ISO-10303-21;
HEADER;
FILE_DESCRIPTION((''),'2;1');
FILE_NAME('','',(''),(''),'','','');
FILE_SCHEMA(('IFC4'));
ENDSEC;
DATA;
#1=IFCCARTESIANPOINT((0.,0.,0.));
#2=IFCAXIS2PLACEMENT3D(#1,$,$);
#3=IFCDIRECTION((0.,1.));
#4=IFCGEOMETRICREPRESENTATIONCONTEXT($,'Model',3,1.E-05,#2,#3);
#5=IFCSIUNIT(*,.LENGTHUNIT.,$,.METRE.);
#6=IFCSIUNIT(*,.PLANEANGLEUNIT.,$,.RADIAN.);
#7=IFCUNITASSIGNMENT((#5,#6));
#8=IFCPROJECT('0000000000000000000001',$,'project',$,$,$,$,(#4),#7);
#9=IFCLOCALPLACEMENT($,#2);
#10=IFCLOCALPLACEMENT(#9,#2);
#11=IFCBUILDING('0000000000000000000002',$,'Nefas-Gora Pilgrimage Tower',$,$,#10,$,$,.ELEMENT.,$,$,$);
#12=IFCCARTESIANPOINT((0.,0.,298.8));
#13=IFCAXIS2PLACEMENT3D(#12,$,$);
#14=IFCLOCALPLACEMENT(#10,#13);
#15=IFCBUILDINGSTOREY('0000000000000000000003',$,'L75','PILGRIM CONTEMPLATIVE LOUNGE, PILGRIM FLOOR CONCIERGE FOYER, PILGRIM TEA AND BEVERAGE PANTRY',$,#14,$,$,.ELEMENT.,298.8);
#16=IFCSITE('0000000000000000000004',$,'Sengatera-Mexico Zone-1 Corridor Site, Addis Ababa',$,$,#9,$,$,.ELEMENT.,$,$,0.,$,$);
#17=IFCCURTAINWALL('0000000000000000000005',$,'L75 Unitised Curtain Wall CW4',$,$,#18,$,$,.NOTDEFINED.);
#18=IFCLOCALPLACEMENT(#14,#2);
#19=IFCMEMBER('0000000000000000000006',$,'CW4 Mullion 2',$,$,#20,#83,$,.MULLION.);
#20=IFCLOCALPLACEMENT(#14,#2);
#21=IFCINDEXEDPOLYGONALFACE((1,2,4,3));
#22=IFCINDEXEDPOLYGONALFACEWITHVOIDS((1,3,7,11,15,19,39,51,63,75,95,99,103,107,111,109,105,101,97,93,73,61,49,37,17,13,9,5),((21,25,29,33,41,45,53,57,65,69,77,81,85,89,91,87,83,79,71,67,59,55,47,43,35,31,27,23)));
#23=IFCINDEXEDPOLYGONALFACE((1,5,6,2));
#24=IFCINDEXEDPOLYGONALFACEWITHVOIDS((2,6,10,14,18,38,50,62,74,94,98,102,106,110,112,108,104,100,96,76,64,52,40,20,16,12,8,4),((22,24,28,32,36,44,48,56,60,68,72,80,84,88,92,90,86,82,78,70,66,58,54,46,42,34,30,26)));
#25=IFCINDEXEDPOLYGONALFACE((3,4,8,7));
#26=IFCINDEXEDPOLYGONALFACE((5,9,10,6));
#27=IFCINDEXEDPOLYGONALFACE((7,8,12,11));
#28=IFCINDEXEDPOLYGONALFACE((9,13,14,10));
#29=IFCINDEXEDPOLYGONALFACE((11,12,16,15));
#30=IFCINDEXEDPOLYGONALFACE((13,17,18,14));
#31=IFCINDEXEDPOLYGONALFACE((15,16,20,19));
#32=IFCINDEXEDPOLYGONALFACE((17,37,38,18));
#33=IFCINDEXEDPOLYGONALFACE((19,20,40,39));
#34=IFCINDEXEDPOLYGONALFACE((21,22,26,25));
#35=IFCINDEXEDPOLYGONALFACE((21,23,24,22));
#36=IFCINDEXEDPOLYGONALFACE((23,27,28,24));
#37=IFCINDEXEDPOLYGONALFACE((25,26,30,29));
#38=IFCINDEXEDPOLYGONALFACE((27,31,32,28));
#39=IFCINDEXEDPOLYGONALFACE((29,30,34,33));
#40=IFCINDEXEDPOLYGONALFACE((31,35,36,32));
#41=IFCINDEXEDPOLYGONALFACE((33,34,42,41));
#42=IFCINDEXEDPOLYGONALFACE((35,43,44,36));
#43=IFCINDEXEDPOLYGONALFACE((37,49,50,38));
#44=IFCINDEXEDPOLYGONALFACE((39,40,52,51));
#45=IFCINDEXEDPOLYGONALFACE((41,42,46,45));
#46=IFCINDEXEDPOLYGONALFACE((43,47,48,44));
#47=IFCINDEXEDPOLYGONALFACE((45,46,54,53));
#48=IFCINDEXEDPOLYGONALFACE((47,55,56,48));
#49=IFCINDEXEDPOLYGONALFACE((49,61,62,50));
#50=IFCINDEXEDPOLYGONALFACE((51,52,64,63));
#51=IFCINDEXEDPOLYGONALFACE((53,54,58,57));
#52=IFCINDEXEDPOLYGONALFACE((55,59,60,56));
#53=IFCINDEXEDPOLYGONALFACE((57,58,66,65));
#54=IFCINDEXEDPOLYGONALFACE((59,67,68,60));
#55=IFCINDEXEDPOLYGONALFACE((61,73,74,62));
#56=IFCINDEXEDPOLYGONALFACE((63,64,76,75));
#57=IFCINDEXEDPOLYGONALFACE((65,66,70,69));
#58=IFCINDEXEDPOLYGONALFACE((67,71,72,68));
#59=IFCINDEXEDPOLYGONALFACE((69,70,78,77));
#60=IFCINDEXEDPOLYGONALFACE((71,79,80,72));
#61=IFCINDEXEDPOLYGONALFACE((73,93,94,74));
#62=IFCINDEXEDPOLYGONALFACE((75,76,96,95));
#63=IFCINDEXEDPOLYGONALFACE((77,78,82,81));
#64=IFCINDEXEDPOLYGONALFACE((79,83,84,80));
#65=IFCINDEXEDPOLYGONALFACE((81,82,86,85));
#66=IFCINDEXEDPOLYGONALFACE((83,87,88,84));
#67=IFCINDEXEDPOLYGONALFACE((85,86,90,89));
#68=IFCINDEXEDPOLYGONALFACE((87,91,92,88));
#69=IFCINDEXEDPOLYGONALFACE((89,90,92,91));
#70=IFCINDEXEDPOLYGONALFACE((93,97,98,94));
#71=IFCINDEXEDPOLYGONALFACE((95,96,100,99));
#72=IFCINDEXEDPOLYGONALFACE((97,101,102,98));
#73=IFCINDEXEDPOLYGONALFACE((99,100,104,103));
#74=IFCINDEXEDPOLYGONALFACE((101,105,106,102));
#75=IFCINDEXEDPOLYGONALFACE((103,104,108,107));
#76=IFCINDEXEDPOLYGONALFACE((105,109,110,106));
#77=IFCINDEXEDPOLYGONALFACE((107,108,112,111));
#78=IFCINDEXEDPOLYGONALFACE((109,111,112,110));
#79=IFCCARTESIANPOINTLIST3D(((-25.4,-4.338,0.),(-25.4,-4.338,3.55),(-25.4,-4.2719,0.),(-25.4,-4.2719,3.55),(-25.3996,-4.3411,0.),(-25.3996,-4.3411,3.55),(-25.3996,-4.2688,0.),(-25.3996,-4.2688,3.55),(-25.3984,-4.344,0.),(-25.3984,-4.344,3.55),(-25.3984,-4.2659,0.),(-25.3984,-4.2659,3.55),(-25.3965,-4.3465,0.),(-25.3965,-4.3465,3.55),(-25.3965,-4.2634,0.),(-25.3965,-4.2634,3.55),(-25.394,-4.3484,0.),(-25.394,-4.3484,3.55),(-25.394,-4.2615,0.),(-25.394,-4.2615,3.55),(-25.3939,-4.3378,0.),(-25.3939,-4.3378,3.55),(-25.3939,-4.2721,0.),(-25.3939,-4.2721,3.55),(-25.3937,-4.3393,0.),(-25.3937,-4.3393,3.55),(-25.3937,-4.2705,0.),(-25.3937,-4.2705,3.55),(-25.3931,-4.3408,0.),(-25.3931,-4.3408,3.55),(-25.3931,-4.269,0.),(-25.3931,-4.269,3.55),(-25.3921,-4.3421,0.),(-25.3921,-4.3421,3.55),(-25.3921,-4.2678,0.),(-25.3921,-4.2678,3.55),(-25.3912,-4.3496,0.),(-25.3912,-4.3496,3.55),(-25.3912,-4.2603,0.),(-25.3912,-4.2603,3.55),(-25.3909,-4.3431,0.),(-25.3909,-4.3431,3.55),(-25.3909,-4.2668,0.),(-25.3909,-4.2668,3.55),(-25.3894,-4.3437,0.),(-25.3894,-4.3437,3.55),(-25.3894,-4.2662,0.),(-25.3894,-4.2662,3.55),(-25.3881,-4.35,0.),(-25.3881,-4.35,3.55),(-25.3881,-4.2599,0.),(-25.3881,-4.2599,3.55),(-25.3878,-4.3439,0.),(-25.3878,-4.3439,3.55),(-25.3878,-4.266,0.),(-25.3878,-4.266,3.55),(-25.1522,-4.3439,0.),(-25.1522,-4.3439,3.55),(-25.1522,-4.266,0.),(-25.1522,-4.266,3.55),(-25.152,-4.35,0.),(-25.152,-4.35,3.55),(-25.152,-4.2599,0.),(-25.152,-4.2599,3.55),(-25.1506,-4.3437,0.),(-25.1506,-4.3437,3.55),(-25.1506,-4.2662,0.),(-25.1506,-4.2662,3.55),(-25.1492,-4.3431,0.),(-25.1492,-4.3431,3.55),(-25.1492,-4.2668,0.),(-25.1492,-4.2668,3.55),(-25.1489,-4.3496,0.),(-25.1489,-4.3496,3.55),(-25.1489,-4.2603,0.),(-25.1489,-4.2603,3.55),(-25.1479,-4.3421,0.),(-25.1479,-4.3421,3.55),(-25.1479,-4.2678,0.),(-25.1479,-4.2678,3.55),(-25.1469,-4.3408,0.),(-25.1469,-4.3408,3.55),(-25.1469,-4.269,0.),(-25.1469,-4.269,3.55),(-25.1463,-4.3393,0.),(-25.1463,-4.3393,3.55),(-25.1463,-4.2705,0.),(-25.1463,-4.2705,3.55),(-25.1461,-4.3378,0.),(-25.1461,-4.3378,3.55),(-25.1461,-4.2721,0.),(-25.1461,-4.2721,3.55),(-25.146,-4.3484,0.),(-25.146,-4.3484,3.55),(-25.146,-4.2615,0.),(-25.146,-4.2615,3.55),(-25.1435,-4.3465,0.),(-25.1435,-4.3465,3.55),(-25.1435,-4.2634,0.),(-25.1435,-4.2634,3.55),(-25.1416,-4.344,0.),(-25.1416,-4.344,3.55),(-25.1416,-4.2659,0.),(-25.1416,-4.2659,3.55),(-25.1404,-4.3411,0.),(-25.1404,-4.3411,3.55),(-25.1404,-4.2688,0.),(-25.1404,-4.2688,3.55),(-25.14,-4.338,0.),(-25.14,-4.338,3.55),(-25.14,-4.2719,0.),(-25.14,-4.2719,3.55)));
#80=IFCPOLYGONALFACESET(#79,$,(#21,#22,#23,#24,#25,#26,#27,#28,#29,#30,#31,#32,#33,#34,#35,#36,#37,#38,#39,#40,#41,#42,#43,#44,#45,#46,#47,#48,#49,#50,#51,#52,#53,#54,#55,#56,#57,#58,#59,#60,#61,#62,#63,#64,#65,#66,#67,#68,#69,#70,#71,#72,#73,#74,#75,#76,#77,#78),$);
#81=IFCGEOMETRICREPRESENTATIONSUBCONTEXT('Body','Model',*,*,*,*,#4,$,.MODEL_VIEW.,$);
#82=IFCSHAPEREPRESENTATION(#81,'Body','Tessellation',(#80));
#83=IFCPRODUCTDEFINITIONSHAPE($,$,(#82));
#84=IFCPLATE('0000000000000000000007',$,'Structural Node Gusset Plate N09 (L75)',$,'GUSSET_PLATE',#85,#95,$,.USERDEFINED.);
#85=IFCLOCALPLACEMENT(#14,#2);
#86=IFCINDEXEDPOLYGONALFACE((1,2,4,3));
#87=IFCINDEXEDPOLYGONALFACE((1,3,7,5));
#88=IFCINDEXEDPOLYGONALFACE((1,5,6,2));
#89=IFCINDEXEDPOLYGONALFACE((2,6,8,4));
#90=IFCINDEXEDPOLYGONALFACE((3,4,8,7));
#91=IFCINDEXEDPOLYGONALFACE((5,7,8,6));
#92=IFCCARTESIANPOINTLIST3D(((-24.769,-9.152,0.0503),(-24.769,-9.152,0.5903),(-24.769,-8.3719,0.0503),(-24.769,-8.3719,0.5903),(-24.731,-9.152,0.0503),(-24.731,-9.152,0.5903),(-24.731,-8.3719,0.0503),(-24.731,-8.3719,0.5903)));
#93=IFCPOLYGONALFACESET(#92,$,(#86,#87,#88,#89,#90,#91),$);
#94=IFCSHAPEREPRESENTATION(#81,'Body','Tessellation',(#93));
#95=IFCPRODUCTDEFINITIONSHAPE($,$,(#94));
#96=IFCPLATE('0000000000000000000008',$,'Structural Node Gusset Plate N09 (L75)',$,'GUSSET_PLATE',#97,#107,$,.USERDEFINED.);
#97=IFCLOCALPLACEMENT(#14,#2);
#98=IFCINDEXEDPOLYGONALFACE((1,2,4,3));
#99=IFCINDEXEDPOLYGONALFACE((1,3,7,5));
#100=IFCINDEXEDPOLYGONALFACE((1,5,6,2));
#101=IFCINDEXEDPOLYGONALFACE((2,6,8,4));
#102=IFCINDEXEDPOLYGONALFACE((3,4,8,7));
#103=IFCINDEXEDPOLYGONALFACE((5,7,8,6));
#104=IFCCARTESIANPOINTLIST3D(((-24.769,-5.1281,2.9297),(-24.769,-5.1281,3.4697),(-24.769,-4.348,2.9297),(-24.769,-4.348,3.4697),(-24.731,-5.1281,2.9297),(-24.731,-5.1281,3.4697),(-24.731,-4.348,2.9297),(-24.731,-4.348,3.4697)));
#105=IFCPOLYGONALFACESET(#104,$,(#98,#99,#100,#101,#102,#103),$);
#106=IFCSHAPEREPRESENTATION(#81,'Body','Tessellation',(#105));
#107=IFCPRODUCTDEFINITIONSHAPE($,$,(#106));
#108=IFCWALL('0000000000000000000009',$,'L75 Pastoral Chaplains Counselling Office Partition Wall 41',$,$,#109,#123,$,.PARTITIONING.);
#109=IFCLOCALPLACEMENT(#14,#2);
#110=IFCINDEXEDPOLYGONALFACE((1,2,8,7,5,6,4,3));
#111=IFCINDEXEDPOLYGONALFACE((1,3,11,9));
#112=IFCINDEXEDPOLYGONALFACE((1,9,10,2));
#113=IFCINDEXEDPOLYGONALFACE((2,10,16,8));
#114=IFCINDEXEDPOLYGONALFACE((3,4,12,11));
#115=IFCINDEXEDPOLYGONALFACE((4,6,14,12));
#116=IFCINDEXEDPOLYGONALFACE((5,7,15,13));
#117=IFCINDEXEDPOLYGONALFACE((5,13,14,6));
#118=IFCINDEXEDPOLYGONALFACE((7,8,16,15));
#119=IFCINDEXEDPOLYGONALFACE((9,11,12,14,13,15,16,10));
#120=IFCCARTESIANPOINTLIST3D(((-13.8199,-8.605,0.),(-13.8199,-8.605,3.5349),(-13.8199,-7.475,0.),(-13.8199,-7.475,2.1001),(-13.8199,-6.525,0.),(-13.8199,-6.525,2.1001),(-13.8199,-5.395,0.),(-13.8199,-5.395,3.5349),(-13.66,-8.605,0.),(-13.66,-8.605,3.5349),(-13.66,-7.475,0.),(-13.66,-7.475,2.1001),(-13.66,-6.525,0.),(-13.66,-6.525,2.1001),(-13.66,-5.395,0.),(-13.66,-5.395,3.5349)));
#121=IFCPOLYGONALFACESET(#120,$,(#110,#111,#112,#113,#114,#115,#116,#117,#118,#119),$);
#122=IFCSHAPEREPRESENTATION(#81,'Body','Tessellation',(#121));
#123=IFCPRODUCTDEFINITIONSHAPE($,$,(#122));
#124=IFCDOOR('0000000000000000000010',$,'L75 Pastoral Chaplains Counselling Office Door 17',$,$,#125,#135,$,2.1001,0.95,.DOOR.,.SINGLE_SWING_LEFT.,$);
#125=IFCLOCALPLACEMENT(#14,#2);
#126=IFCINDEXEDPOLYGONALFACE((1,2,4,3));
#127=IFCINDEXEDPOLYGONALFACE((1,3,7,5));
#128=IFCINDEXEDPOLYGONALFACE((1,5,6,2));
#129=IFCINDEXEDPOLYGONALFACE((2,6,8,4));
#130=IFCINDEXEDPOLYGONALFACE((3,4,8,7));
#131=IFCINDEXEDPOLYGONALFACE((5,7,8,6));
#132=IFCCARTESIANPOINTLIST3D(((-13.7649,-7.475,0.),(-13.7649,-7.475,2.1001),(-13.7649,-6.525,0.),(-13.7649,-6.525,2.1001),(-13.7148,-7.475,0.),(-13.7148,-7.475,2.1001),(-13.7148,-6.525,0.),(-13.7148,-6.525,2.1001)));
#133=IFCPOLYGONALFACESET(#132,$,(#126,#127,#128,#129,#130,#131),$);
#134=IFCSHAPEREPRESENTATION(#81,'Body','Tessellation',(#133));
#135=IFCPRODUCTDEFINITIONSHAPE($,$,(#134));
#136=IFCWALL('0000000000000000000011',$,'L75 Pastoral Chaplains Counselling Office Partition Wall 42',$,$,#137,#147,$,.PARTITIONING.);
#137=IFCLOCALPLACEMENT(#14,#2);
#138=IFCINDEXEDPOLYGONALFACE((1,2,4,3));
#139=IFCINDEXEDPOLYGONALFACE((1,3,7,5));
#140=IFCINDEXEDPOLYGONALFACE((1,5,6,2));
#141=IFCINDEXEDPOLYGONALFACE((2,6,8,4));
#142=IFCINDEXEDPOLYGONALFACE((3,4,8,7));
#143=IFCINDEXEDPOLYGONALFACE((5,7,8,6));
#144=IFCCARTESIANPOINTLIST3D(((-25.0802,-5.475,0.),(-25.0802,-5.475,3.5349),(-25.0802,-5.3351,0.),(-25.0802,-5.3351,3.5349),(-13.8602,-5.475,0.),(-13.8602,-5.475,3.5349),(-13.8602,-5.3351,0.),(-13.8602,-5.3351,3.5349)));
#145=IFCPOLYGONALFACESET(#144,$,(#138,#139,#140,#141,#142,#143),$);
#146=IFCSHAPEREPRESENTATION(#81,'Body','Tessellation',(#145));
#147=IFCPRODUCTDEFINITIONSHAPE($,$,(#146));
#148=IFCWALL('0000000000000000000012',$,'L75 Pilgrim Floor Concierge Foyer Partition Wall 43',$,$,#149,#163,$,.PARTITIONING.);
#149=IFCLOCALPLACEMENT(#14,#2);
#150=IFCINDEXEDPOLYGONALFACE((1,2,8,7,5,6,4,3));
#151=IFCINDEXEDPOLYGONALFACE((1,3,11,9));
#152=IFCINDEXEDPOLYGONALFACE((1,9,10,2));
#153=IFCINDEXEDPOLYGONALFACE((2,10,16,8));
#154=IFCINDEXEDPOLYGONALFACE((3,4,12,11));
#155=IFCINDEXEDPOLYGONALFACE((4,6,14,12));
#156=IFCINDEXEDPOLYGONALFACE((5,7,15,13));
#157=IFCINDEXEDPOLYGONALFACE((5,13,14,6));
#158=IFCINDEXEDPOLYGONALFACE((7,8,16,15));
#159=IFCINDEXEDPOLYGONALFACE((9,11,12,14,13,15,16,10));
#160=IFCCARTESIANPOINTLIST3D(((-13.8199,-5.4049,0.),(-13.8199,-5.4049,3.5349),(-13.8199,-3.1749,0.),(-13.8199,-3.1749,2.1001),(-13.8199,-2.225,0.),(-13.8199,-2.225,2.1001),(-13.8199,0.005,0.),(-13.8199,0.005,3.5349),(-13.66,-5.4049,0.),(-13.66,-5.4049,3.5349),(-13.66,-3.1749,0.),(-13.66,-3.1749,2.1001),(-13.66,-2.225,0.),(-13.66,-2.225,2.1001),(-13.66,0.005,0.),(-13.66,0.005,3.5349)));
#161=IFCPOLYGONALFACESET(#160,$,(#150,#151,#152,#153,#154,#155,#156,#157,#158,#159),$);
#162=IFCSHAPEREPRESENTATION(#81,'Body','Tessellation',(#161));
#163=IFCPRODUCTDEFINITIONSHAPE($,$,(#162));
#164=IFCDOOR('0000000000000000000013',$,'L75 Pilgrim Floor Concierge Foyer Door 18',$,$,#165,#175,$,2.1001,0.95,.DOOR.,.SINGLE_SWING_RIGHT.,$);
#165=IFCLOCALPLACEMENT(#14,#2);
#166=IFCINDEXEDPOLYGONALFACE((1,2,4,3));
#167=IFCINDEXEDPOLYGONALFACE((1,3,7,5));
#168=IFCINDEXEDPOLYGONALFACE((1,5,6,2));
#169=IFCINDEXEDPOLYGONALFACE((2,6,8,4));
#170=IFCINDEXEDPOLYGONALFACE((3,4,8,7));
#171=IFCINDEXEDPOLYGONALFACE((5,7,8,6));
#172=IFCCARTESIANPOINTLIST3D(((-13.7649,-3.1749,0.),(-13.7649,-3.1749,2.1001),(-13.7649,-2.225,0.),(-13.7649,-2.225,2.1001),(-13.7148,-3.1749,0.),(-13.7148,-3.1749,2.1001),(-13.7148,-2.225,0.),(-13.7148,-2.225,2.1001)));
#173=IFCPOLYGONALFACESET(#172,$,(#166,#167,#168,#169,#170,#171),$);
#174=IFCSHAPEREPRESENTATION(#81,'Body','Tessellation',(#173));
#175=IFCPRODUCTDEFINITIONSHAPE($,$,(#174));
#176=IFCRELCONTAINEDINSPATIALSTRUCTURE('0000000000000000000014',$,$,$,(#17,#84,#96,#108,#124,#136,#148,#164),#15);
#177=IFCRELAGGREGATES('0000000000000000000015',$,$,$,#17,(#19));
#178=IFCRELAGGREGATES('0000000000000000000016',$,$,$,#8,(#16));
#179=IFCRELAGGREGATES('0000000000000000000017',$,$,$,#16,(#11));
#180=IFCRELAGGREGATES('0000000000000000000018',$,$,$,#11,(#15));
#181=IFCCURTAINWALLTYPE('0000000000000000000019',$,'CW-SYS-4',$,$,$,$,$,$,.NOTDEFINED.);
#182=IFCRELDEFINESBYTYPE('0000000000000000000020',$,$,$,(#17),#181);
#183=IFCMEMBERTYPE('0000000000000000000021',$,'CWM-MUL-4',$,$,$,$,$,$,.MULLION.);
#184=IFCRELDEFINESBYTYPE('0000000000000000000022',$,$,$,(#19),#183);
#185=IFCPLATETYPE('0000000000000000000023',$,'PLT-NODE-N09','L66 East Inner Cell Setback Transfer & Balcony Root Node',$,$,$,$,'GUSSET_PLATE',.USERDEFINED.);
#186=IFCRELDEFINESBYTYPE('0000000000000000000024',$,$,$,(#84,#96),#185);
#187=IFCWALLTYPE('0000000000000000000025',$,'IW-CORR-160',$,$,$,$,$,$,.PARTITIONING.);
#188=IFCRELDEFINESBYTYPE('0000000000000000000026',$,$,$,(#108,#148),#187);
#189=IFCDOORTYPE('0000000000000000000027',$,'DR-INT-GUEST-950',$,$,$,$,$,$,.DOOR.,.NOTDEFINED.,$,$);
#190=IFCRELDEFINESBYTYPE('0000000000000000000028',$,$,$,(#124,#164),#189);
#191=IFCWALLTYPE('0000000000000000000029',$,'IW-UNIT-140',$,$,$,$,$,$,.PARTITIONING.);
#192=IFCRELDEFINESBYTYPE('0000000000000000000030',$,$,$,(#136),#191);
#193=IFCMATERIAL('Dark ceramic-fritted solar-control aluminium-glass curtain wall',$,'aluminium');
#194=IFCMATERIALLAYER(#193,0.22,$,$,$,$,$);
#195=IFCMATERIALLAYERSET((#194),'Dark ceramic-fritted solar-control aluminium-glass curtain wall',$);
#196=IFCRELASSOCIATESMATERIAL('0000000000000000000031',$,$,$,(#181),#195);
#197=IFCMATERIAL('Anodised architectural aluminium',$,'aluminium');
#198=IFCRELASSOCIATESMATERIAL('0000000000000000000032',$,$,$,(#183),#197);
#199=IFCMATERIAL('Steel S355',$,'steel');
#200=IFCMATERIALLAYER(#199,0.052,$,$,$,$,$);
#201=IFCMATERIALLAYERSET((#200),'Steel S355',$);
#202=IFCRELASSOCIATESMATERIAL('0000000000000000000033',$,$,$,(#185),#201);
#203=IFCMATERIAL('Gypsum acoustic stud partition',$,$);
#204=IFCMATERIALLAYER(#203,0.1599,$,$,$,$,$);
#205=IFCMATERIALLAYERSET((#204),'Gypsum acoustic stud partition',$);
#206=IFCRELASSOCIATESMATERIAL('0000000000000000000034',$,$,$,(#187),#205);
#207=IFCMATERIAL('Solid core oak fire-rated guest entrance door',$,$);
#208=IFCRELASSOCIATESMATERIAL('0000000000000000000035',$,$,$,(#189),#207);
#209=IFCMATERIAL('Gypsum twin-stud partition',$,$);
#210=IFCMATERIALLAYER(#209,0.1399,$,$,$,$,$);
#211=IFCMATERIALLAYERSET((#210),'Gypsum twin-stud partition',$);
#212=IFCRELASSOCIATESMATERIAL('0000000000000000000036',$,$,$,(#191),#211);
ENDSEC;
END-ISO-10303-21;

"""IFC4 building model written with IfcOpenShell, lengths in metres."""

from ifc_helpers import new_model, si_unit, direction, frame, frame_2d, origin, origin_2d, place, context, subcontext, project, spatial, rectangle, hollow_rectangle, extrude, source, transform, mapped, material, layer, layer_set, material_profile, profile_set, type_object, element, fill, aggregate, save


model = new_model("IFC4")

# Units and contexts
model_context = context("Model", 3, precision=1e-05, world=origin(), true_north=direction((0.0, 1.0)))
body_context = subcontext(model_context, "Body", "Model", "MODEL_VIEW")
ifc_project = project(units=[si_unit("LENGTHUNIT", "METRE"), si_unit("PLANEANGLEUNIT", "RADIAN")], contexts=[model_context])

# Site, building, storey
site_placement = place(None, origin())
site = spatial("IfcSite", under=ifc_project, at=site_placement, Name="Sengatera-Mexico Zone-1 Corridor Site, Addis Ababa", CompositionType="ELEMENT", RefElevation=0.0)
building_placement = place(site_placement, origin())
building = spatial("IfcBuilding", under=site, at=building_placement, Name="Nefas-Gora Pilgrimage Tower", CompositionType="ELEMENT")
storey_placement = place(building_placement, frame((0.0, 0.0, 298.8)))
storey = spatial("IfcBuildingStorey", under=building, at=storey_placement, Name="L75", Description="PILGRIM CONTEMPLATIVE LOUNGE, PILGRIM FLOOR CONCIERGE FOYER, PILGRIM TEA AND BEVERAGE PANTRY", CompositionType="ELEMENT", Elevation=298.8)

# Shared definitions
ifc_material_1 = material(Name="Steel S355", Category="steel")

# Curtain wall, member
ifc_material_2 = material(Name="Dark ceramic-fritted solar-control aluminium-glass curtain wall", Category="aluminium")
ifc_layer_1 = layer(ifc_material_2, 0.22)
ifc_layer_set_1 = layer_set([ifc_layer_1], Name="Dark ceramic-fritted solar-control aluminium-glass curtain wall")
curtain_wall_type = type_object("IfcCurtainWallType", Name="CW-SYS-4", PredefinedType="NOTDEFINED", material=ifc_layer_set_1)
curtain_wall_placement = place(storey_placement, origin())
curtain_wall = element("IfcCurtainWall", 1, at=curtain_wall_placement, inside=storey, type_object=curtain_wall_type, Name="L75 Unitised Curtain Wall CW4", PredefinedType="NOTDEFINED")
ifc_material_3 = material(Name="Anodised architectural aluminium", Category="aluminium")
ifc_material_profile_1 = material_profile(ifc_material_3, hollow_rectangle(XDim=0.0901, YDim=0.26, WallThickness=0.0061, InnerFilletRadius=0.0061, OuterFilletRadius=0.012, at=origin_2d()), Name="ALU MULLION 90x260")
ifc_profile_set_1 = profile_set([ifc_material_profile_1], Name="Anodised architectural aluminium")
member_type_1 = type_object("IfcMemberType", Name="CWM-MUL-4", PredefinedType="MULLION", material=ifc_profile_set_1)
shared_shape_1 = source(origin(), body_context, "Body", "SweptSolid", [
    extrude(hollow_rectangle(XDim=0.0901, YDim=0.26, WallThickness=0.0061, InnerFilletRadius=0.0061, OuterFilletRadius=0.012, at=origin_2d()), origin(), (0.0, 0.0, 1.0), 3.55),
])
member_1_placement = place(storey_placement, frame((-25.27, -4.3049, 0.0), z_axis=(0.0, 0.0, 1.0), x_axis=(0.0, -1.0, 0.0)))
member_1 = element("IfcMember", 2, at=member_1_placement, type_object=member_type_1, Name="CW4 Mullion 2", PredefinedType="MULLION", context=body_context, shape_type="MappedRepresentation", body=[
    mapped(shared_shape_1, transform((0.0, 0.0, 0.0), x_axis=(1.0, 0.0, 0.0), y_axis=(0.0, 1.0, 0.0), z_axis=(0.0, 0.0, 1.0), scale=1.0)),
])
aggregate(curtain_wall, [member_1])

# Plates
ifc_layer_2 = layer(ifc_material_1, 0.052)
ifc_layer_set_2 = layer_set([ifc_layer_2], Name="Steel S355")
plate_type = type_object("IfcPlateType", Name="PLT-NODE-N09", Description="L66 East Inner Cell Setback Transfer & Balcony Root Node", ElementType="GUSSET_PLATE", PredefinedType="USERDEFINED", material=ifc_layer_set_2)
shared_shape_2 = source(origin(), body_context, "Body", "SweptSolid", [
    extrude(rectangle(XDim=0.78, YDim=0.0381, at=origin_2d()), origin(), (0.0, 0.0, 1.0), 0.54),
])
for number, where, z_axis, x_axis, name in (
    (3, (-24.75, -8.762, 0.0503), (0.0, 0.0, 1.0), (0.0, 1.0, 0.0), "Structural Node Gusset Plate N09 (L75)"),
    (4, (-24.75, -4.738, 2.9297), (0.0, 0.0, 1.0), (0.0, 1.0, 0.0), "Structural Node Gusset Plate N09 (L75)"),
):
    element("IfcPlate", number, at=place(storey_placement, frame(where, z_axis=z_axis, x_axis=x_axis)), inside=storey, type_object=plate_type, Name=name, ObjectType="GUSSET_PLATE", PredefinedType="USERDEFINED", context=body_context, shape_type="MappedRepresentation", body=[
        mapped(shared_shape_2, transform((0.0, 0.0, 0.0), x_axis=(1.0, 0.0, 0.0), y_axis=(0.0, 1.0, 0.0), z_axis=(0.0, 0.0, 1.0), scale=1.0)),
    ])

# Wall, opening, door
ifc_material_4 = material(Name="Gypsum acoustic stud partition")
ifc_layer_3 = layer(ifc_material_4, 0.1599)
ifc_layer_set_3 = layer_set([ifc_layer_3], Name="Gypsum acoustic stud partition")
wall_type_1 = type_object("IfcWallType", Name="IW-CORR-160", PredefinedType="PARTITIONING", material=ifc_layer_set_3)
shared_shape_3 = source(origin(), body_context, "Body", "SweptSolid", [
    extrude(rectangle(XDim=3.21, YDim=0.1599, at=frame_2d((1.605, 0.0))), origin(), (0.0, 0.0, 1.0), 3.5349),
])
wall_1_placement = place(storey_placement, frame((-13.74, -8.605, 0.0), z_axis=(0.0, 0.0, 1.0), x_axis=(0.0, 1.0, 0.0)))
wall_1 = element("IfcWall", 5, at=wall_1_placement, inside=storey, type_object=wall_type_1, Name="L75 Pastoral Chaplains Counselling Office Partition Wall 41", PredefinedType="PARTITIONING", context=body_context, shape_type="MappedRepresentation", body=[
    mapped(shared_shape_3, transform((0.0, 0.0, 0.0), x_axis=(1.0, 0.0, 0.0), y_axis=(0.0, 1.0, 0.0), z_axis=(0.0, 0.0, 1.0), scale=1.0)),
])
opening_1_placement = place(wall_1_placement, frame((1.1299, 0.0, 0.0)))
opening_1 = element("IfcOpeningElement", 6, at=opening_1_placement, cuts=wall_1, PredefinedType="OPENING", context=body_context, shape_type="SweptSolid", body=[
    extrude(rectangle(XDim=0.95, YDim=2.1001, at=frame_2d((0.4751, 1.05))), frame((0.0, 0.0898, 0.0), z_axis=(0.0, -1.0, 0.0), x_axis=(1.0, 0.0, 0.0)), (0.0, 0.0, 1.0), 0.1799),
])
ifc_material_5 = material(Name="Solid core oak fire-rated guest entrance door")
door_type_1 = type_object("IfcDoorType", Name="DR-INT-GUEST-950", OperationType="NOTDEFINED", PredefinedType="DOOR", material=ifc_material_5)
shared_shape_4 = source(origin(), body_context, "Body", "SweptSolid", [
    extrude(rectangle(XDim=0.95, YDim=2.1001, at=frame_2d((0.4751, 1.05))), frame((0.0, 0.0249, 0.0), z_axis=(0.0, -1.0, 0.0), x_axis=(1.0, 0.0, 0.0)), (0.0, 0.0, 1.0), 0.05),
])
door_1_placement = place(opening_1_placement, origin())
door_1 = element("IfcDoor", 7, at=door_1_placement, inside=storey, type_object=door_type_1, Name="L75 Pastoral Chaplains Counselling Office Door 17", OperationType="SINGLE_SWING_LEFT", OverallHeight=2.1001, OverallWidth=0.95, PredefinedType="DOOR", context=body_context, shape_type="MappedRepresentation", body=[
    mapped(shared_shape_4, transform((0.0, 0.0, 0.0), x_axis=(1.0, 0.0, 0.0), y_axis=(0.0, 1.0, 0.0), z_axis=(0.0, 0.0, 1.0), scale=1.0)),
])
fill(opening_1, door_1)

# Wall
ifc_material_6 = material(Name="Gypsum twin-stud partition")
ifc_layer_4 = layer(ifc_material_6, 0.1399)
ifc_layer_set_4 = layer_set([ifc_layer_4], Name="Gypsum twin-stud partition")
wall_type_2 = type_object("IfcWallType", Name="IW-UNIT-140", PredefinedType="PARTITIONING", material=ifc_layer_set_4)
shared_shape_5 = source(origin(), body_context, "Body", "SweptSolid", [
    extrude(rectangle(XDim=11.22, YDim=0.1399, at=frame_2d((5.6099, 0.0))), origin(), (0.0, 0.0, 1.0), 3.5349),
])
wall_2_placement = place(storey_placement, frame((-25.0801, -5.405, 0.0), z_axis=(0.0, 0.0, 1.0), x_axis=(1.0, 0.0, 0.0)))
element("IfcWall", 8, at=wall_2_placement, inside=storey, type_object=wall_type_2, Name="L75 Pastoral Chaplains Counselling Office Partition Wall 42", PredefinedType="PARTITIONING", context=body_context, shape_type="MappedRepresentation", body=[
    mapped(shared_shape_5, transform((0.0, 0.0, 0.0), x_axis=(1.0, 0.0, 0.0), y_axis=(0.0, 1.0, 0.0), z_axis=(0.0, 0.0, 1.0), scale=1.0)),
])

# Wall, opening, door
shared_shape_6 = source(origin(), body_context, "Body", "SweptSolid", [
    extrude(rectangle(XDim=5.4099, YDim=0.1599, at=frame_2d((2.7051, 0.0))), origin(), (0.0, 0.0, 1.0), 3.5349),
])
wall_3_placement = place(storey_placement, frame((-13.74, -5.405, 0.0), z_axis=(0.0, 0.0, 1.0), x_axis=(0.0, 1.0, 0.0)))
wall_3 = element("IfcWall", 9, at=wall_3_placement, inside=storey, type_object=wall_type_1, Name="L75 Pilgrim Floor Concierge Foyer Partition Wall 43", PredefinedType="PARTITIONING", context=body_context, shape_type="MappedRepresentation", body=[
    mapped(shared_shape_6, transform((0.0, 0.0, 0.0), x_axis=(1.0, 0.0, 0.0), y_axis=(0.0, 1.0, 0.0), z_axis=(0.0, 0.0, 1.0), scale=1.0)),
])
opening_2_placement = place(wall_3_placement, frame((2.23, 0.0, 0.0)))
opening_2 = element("IfcOpeningElement", 10, at=opening_2_placement, cuts=wall_3, PredefinedType="OPENING", context=body_context, shape_type="SweptSolid", body=[
    extrude(rectangle(XDim=0.95, YDim=2.1001, at=frame_2d((0.4751, 1.05))), frame((0.0, 0.0898, 0.0), z_axis=(0.0, -1.0, 0.0), x_axis=(1.0, 0.0, 0.0)), (0.0, 0.0, 1.0), 0.1799),
])
door_2_placement = place(opening_2_placement, origin())
door_2 = element("IfcDoor", 11, at=door_2_placement, inside=storey, type_object=door_type_1, Name="L75 Pilgrim Floor Concierge Foyer Door 18", OperationType="SINGLE_SWING_RIGHT", OverallHeight=2.1001, OverallWidth=0.95, PredefinedType="DOOR", context=body_context, shape_type="MappedRepresentation", body=[
    mapped(shared_shape_4, transform((0.0, 0.0, 0.0), x_axis=(1.0, 0.0, 0.0), y_axis=(0.0, 1.0, 0.0), z_axis=(0.0, 0.0, 1.0), scale=1.0)),
])
fill(opening_2, door_2)

save(model, "model.ifc")
